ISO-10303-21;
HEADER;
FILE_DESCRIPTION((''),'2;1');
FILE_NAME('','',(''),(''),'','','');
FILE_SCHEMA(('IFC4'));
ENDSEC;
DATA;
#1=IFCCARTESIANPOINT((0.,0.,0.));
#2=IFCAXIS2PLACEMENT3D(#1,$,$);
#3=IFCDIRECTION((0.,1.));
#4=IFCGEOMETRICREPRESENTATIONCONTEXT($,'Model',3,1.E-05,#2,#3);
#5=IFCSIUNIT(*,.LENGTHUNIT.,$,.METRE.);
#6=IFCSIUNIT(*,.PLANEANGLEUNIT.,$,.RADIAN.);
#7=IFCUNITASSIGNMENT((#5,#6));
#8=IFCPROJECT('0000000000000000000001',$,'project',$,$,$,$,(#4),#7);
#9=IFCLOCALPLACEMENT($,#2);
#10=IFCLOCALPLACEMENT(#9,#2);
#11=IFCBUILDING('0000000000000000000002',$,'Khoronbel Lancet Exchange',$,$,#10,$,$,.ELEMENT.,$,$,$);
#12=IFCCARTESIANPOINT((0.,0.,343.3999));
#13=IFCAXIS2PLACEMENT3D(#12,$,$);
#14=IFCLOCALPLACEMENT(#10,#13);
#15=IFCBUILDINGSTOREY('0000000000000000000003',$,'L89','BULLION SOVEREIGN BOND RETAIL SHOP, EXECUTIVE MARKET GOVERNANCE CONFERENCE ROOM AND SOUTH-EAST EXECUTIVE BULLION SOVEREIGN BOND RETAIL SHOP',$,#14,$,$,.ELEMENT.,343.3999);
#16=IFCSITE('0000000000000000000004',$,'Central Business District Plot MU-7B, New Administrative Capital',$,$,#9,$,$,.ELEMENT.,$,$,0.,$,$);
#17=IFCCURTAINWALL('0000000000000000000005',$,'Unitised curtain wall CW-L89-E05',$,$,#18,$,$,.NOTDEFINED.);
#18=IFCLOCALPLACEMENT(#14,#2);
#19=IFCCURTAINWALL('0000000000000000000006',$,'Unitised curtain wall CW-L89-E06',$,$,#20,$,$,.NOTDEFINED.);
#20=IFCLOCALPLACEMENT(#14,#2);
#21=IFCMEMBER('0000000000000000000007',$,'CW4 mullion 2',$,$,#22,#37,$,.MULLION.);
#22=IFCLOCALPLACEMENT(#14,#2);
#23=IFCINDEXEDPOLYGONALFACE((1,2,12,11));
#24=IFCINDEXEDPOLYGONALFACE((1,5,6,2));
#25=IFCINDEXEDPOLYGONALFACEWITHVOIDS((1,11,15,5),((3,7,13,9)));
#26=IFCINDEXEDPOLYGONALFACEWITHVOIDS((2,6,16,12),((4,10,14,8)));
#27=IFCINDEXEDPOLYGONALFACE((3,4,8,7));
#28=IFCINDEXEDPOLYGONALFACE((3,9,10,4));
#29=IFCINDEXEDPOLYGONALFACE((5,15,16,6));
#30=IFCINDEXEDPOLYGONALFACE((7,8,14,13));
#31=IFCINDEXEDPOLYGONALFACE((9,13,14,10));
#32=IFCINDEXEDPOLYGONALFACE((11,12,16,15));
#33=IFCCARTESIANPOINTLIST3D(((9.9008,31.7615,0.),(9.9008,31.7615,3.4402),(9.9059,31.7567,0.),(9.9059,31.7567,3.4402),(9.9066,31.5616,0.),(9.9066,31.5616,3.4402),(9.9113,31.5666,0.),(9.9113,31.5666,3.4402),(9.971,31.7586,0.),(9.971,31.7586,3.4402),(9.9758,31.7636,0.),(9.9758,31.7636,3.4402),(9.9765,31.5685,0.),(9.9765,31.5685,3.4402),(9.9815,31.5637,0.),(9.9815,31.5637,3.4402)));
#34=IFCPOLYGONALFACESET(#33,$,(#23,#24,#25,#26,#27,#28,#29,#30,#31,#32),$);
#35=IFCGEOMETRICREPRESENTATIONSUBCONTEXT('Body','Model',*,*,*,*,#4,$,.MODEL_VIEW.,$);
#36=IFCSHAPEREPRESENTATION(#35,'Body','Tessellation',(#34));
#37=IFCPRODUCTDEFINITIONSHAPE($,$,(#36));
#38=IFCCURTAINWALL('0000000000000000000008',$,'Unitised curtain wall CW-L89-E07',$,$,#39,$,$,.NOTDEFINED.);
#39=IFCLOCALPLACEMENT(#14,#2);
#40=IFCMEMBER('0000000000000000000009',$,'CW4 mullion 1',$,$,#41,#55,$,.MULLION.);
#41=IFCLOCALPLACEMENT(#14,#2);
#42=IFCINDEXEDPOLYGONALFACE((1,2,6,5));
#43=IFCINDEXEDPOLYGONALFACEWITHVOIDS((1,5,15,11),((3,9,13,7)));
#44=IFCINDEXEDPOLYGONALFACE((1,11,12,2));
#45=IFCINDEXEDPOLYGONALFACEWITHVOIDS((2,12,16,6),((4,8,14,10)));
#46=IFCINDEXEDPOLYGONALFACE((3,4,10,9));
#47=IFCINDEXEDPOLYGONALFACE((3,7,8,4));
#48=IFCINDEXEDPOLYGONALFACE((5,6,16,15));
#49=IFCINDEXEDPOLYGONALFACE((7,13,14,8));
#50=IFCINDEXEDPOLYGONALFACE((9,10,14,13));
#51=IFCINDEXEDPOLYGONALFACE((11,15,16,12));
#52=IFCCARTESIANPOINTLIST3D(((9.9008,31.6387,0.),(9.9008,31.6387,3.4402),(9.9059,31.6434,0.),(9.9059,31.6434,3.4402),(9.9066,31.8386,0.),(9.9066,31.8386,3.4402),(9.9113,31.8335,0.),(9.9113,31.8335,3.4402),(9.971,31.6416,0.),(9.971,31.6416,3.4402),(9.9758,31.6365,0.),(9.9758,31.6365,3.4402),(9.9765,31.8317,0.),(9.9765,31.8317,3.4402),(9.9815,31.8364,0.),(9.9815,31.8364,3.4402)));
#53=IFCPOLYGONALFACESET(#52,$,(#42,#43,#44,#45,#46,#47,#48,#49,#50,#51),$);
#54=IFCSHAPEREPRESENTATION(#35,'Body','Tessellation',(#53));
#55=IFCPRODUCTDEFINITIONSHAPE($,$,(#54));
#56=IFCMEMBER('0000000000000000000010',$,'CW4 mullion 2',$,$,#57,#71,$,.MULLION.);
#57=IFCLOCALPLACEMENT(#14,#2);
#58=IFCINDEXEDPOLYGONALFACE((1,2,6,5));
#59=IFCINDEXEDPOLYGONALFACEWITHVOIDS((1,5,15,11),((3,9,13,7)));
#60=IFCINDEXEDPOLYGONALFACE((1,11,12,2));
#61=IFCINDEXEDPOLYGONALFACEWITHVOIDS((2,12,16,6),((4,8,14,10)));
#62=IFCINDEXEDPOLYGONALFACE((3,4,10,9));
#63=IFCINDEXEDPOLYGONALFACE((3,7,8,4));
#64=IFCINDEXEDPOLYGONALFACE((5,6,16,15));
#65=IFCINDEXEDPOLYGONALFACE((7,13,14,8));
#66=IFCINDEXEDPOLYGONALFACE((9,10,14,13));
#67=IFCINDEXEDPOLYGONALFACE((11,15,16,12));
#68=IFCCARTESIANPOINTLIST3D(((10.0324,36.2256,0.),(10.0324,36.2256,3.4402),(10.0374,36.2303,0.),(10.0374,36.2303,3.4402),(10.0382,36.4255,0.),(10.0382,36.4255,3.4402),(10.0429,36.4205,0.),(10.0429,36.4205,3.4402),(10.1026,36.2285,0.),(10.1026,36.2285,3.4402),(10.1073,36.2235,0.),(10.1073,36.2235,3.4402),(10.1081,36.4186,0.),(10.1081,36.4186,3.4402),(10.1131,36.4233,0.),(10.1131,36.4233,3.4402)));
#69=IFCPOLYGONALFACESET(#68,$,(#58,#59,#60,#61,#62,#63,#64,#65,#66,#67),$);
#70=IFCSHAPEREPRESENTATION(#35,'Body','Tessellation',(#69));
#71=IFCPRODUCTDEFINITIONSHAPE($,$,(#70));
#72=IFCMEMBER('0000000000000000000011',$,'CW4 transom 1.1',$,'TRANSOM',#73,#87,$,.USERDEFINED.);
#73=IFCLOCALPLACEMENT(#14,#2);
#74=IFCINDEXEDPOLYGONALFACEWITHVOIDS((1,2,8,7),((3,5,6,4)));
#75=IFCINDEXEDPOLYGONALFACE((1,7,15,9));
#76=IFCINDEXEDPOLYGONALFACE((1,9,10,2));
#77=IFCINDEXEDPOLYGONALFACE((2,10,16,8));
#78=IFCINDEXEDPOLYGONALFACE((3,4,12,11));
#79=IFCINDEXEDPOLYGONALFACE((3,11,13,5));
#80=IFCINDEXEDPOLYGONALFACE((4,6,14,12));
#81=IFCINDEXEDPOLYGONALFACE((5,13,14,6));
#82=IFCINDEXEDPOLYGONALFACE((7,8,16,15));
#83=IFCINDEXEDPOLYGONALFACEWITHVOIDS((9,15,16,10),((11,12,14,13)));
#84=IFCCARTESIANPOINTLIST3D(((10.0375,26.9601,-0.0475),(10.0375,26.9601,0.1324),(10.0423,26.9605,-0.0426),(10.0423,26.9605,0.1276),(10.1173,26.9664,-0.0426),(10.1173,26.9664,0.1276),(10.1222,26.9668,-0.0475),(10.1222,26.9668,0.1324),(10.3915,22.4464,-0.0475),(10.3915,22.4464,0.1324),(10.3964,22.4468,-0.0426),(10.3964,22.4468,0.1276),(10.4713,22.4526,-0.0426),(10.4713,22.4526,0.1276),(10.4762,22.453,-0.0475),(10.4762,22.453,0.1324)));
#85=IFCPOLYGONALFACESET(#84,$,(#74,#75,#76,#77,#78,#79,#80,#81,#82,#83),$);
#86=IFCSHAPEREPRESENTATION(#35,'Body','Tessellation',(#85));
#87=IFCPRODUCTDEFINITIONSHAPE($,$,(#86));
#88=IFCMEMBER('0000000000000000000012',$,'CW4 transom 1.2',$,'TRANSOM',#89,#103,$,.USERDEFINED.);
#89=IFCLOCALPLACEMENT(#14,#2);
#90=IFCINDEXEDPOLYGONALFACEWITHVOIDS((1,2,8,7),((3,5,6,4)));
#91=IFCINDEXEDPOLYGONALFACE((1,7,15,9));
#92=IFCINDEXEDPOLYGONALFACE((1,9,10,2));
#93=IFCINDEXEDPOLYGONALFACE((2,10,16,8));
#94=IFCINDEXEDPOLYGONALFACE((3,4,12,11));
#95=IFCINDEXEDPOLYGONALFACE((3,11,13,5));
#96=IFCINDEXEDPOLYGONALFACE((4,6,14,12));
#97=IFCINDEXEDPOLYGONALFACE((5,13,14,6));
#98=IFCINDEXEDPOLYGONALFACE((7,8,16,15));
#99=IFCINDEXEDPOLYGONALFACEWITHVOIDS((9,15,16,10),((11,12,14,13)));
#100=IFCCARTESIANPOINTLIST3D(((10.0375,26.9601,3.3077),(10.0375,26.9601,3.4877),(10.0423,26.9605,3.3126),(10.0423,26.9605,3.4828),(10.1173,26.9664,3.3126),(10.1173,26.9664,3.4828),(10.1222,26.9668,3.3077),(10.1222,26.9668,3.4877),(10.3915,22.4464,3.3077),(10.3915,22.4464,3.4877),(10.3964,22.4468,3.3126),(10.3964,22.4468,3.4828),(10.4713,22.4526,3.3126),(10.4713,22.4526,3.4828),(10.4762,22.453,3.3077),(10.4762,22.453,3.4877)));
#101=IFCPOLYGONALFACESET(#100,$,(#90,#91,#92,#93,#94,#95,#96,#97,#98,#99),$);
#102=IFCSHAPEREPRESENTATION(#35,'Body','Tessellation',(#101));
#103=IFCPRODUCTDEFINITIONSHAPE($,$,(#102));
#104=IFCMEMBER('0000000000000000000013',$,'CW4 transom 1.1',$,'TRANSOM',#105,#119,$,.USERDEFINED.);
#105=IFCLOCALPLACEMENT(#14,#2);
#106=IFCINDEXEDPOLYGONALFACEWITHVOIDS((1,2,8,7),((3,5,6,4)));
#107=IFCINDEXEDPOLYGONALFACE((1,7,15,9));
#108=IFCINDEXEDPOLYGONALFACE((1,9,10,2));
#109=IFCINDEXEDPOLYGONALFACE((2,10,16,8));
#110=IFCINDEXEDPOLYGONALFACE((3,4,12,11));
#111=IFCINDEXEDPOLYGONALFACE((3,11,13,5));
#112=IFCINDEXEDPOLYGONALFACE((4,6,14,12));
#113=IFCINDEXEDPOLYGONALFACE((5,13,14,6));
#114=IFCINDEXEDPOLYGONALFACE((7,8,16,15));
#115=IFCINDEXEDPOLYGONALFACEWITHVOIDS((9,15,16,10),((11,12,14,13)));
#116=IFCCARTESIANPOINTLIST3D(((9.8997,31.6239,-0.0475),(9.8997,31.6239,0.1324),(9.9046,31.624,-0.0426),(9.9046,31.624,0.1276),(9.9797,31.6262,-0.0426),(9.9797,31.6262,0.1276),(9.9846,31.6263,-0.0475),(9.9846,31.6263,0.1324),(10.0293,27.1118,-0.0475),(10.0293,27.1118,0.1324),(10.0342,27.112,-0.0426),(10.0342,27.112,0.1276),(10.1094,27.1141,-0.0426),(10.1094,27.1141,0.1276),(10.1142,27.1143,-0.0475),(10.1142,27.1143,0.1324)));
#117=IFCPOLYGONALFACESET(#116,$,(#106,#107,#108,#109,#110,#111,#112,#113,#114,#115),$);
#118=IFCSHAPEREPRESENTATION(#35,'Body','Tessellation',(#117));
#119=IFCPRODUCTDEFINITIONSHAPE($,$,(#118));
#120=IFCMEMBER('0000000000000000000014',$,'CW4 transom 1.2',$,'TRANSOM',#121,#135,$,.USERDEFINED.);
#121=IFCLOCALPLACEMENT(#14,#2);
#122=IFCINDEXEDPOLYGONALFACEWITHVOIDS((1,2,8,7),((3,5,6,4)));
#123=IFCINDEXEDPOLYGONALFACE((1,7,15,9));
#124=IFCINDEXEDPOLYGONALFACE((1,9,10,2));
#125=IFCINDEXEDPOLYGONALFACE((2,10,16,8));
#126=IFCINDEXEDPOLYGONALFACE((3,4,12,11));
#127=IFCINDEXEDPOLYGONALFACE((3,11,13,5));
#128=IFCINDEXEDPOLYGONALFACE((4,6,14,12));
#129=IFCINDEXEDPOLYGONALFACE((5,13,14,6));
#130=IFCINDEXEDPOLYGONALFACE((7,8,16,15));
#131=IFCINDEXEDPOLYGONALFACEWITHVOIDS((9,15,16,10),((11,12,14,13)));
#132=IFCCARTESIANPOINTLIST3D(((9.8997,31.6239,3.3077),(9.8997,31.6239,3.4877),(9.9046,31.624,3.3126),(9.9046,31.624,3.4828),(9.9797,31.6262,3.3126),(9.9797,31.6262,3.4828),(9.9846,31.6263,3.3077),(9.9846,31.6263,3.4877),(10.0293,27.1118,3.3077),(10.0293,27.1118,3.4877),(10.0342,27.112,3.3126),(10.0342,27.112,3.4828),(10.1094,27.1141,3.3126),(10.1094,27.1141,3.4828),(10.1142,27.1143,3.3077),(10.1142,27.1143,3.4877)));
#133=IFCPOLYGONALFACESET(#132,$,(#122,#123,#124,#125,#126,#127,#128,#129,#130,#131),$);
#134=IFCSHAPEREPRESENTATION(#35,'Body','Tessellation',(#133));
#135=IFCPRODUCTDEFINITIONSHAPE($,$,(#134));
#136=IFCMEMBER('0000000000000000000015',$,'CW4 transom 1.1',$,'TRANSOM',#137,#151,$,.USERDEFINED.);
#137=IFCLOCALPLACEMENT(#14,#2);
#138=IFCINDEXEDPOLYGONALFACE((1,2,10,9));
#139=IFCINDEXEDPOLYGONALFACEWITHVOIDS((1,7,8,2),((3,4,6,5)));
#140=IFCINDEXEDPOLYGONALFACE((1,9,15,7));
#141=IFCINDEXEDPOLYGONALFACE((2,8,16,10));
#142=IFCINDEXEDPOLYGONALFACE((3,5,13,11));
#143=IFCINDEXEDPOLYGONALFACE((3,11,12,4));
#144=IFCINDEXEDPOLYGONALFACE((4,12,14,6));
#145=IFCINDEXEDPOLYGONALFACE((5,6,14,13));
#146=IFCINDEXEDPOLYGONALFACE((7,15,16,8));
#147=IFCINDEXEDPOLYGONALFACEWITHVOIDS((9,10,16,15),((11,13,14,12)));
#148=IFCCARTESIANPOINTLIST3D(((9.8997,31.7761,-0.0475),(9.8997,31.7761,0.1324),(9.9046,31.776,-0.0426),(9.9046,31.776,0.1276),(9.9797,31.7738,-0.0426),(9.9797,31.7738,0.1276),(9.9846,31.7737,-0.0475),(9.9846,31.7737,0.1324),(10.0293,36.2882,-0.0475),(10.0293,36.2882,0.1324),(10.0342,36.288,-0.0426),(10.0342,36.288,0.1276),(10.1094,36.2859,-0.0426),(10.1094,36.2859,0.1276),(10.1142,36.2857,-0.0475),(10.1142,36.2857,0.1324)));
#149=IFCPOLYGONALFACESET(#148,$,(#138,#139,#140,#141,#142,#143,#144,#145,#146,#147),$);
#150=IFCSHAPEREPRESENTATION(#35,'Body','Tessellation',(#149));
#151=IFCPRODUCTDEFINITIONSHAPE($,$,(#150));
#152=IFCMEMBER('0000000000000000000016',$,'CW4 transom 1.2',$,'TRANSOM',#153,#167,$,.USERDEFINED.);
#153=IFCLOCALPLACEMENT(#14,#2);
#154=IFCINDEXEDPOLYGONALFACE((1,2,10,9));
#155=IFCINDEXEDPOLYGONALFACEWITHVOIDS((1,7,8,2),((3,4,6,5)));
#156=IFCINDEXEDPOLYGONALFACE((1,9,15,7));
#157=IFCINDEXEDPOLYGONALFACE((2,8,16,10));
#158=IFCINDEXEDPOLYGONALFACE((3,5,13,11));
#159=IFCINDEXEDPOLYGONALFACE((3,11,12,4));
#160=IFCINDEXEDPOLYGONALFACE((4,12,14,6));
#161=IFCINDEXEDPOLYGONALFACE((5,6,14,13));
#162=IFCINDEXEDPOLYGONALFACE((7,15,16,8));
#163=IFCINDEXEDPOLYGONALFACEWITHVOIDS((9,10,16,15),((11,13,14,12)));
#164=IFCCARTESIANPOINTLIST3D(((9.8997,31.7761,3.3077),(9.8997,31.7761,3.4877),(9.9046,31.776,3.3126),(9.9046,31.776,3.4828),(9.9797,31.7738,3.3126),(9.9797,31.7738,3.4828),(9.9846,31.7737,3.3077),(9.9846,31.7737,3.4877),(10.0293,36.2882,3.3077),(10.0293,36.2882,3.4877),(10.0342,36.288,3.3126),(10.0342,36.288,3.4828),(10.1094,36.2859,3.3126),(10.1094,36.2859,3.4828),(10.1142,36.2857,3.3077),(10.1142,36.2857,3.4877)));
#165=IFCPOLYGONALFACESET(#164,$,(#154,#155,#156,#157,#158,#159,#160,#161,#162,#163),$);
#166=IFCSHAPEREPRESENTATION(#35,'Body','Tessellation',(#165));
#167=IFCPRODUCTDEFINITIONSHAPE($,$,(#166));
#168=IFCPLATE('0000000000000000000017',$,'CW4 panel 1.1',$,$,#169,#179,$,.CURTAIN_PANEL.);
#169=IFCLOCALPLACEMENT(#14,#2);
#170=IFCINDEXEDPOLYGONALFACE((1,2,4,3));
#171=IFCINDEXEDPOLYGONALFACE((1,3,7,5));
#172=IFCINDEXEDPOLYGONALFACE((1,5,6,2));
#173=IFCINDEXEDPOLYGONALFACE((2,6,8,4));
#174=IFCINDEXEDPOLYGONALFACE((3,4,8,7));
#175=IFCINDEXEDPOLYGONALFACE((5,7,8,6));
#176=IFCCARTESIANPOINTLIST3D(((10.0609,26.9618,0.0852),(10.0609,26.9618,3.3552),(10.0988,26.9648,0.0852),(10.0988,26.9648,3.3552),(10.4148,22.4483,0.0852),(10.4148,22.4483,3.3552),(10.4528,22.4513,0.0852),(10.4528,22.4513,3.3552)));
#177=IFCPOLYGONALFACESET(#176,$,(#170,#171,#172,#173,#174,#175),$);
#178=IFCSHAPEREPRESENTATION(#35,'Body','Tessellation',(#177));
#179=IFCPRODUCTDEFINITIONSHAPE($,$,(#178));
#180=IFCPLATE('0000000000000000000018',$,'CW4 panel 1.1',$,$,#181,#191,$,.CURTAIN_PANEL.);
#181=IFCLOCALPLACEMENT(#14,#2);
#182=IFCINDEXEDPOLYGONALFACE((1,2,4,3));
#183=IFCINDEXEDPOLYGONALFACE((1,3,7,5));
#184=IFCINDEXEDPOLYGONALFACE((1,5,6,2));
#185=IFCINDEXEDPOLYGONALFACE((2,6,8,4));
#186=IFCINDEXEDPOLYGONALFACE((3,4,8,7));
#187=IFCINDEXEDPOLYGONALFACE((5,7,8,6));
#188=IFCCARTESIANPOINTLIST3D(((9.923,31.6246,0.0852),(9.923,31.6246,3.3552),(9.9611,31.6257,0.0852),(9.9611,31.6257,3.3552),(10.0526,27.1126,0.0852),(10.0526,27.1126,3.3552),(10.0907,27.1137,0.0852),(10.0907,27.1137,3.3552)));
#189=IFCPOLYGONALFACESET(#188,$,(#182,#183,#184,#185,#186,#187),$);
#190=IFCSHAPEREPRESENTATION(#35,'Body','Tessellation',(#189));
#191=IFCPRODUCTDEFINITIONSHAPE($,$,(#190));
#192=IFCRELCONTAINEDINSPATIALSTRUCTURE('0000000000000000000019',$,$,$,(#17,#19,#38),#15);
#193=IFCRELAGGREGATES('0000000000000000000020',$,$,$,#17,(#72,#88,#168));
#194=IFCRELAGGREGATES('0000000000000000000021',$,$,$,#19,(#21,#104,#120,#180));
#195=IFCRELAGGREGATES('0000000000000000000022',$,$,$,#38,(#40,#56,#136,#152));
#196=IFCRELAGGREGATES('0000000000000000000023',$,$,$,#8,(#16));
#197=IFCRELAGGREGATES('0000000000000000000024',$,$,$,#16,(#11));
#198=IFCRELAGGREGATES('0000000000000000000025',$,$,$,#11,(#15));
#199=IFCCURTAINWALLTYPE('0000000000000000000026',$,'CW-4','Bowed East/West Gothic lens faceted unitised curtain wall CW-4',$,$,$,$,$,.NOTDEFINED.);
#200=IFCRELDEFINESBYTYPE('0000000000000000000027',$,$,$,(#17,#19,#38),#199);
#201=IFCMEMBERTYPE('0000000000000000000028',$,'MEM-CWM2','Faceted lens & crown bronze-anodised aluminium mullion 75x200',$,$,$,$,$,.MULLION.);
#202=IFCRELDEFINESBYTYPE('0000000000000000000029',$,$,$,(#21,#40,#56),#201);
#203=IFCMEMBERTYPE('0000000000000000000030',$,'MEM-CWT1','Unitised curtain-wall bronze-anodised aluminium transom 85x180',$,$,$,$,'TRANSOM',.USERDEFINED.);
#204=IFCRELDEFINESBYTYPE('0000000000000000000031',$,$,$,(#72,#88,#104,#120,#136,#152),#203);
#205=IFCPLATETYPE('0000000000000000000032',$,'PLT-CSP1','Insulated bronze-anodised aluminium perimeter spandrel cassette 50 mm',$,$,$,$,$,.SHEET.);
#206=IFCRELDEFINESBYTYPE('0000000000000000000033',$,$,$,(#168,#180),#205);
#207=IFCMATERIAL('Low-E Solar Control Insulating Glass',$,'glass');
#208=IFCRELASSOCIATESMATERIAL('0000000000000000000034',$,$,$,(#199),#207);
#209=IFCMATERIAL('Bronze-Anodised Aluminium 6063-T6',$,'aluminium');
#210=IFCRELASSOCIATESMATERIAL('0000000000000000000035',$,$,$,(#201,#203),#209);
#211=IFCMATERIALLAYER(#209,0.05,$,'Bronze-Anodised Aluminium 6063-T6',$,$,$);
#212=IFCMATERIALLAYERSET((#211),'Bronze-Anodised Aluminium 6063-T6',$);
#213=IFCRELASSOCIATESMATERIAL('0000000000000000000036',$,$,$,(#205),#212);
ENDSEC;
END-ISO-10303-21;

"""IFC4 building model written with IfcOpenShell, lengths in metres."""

from ifc_helpers import new_model, si_unit, direction, frame, origin, origin_2d, place, context, subcontext, project, spatial, rectangle, hollow_rectangle, extrude, material, layer, layer_set, material_profile, profile_set, type_object, element, aggregate, save


model = new_model("IFC4")

# Units and contexts
model_context = context("Model", 3, precision=1e-05, world=origin(), true_north=direction((0.0, 1.0)))
body_context = subcontext(model_context, "Body", "Model", "MODEL_VIEW")
ifc_project = project(units=[si_unit("LENGTHUNIT", "METRE"), si_unit("PLANEANGLEUNIT", "RADIAN")], contexts=[model_context])

# Site, building, storey
site_placement = place(None, origin())
site = spatial("IfcSite", under=ifc_project, at=site_placement, Name="Central Business District Plot MU-7B, New Administrative Capital", CompositionType="ELEMENT", RefElevation=0.0)
building_placement = place(site_placement, origin())
building = spatial("IfcBuilding", under=site, at=building_placement, Name="Khoronbel Lancet Exchange", CompositionType="ELEMENT")
storey_placement = place(building_placement, frame((0.0, 0.0, 343.3999)))
storey = spatial("IfcBuildingStorey", under=building, at=storey_placement, Name="L89", Description="BULLION SOVEREIGN BOND RETAIL SHOP, EXECUTIVE MARKET GOVERNANCE CONFERENCE ROOM AND SOUTH-EAST EXECUTIVE BULLION SOVEREIGN BOND RETAIL SHOP", CompositionType="ELEMENT", Elevation=343.3999)

# Shared definitions
ifc_material_1 = material(Name="Low-E Solar Control Insulating Glass", Category="glass")
curtain_wall_type = type_object("IfcCurtainWallType", Name="CW-4", Description="Bowed East/West Gothic lens faceted unitised curtain wall CW-4", PredefinedType="NOTDEFINED", material=ifc_material_1)
ifc_material_2 = material(Name="Bronze-Anodised Aluminium 6063-T6", Category="aluminium")
ifc_material_profile_1 = material_profile(ifc_material_2, hollow_rectangle(XDim=0.075, YDim=0.2, WallThickness=0.0049, at=origin_2d()), Name="ALU MULLION 75x200")
ifc_profile_set_1 = profile_set([ifc_material_profile_1], Name="Bronze-Anodised Aluminium 6063-T6")
member_type_1 = type_object("IfcMemberType", Name="MEM-CWM2", Description="Faceted lens & crown bronze-anodised aluminium mullion 75x200", PredefinedType="MULLION", material=ifc_profile_set_1)

# Curtain walls, members
curtain_wall_1_placement = place(storey_placement, origin())
curtain_wall_1 = element("IfcCurtainWall", 1, at=curtain_wall_1_placement, inside=storey, type_object=curtain_wall_type, Name="Unitised curtain wall CW-L89-E05", PredefinedType="NOTDEFINED")
curtain_wall_2_placement = place(storey_placement, origin())
curtain_wall_2 = element("IfcCurtainWall", 2, at=curtain_wall_2_placement, inside=storey, type_object=curtain_wall_type, Name="Unitised curtain wall CW-L89-E06", PredefinedType="NOTDEFINED")
member_1_placement = place(storey_placement, frame((9.9412, 31.6626, 0.0), z_axis=(0.0, 0.0, 1.0), x_axis=(-0.999588, -0.02871, 0.0)))
member_1 = element("IfcMember", 3, at=member_1_placement, type_object=member_type_1, Name="CW4 mullion 2", PredefinedType="MULLION", context=body_context, shape_type="SweptSolid", body=[
    extrude(hollow_rectangle(XDim=0.075, YDim=0.2, WallThickness=0.0049, at=origin_2d()), origin(), (0.0, 0.0, 1.0), 3.4402),
])
curtain_wall_3_placement = place(storey_placement, origin())
curtain_wall_3 = element("IfcCurtainWall", 4, at=curtain_wall_3_placement, inside=storey, type_object=curtain_wall_type, Name="Unitised curtain wall CW-L89-E07", PredefinedType="NOTDEFINED")
member_2_placement = place(storey_placement, frame((9.9412, 31.7375, 0.0), z_axis=(0.0, 0.0, 1.0), x_axis=(-0.999588, 0.02871, 0.0)))
member_2 = element("IfcMember", 5, at=member_2_placement, type_object=member_type_1, Name="CW4 mullion 1", PredefinedType="MULLION", context=body_context, shape_type="SweptSolid", body=[
    extrude(hollow_rectangle(XDim=0.075, YDim=0.2, WallThickness=0.0049, at=origin_2d()), origin(), (0.0, 0.0, 1.0), 3.4402),
])
member_3_placement = place(storey_placement, frame((10.0728, 36.3245, 0.0), z_axis=(0.0, 0.0, 1.0), x_axis=(-0.999588, 0.02871, 0.0)))
member_3 = element("IfcMember", 6, at=member_3_placement, type_object=member_type_1, Name="CW4 mullion 2", PredefinedType="MULLION", context=body_context, shape_type="SweptSolid", body=[
    extrude(hollow_rectangle(XDim=0.075, YDim=0.2, WallThickness=0.0049, at=origin_2d()), origin(), (0.0, 0.0, 1.0), 3.4402),
])

# Members
ifc_material_profile_2 = material_profile(ifc_material_2, hollow_rectangle(XDim=0.085, YDim=0.1799, WallThickness=0.0049, at=origin_2d()), Name="ALU TRANSOM 85x180")
ifc_profile_set_2 = profile_set([ifc_material_profile_2], Name="Bronze-Anodised Aluminium 6063-T6")
member_type_2 = type_object("IfcMemberType", Name="MEM-CWT1", Description="Unitised curtain-wall bronze-anodised aluminium transom 85x180", ElementType="TRANSOM", PredefinedType="USERDEFINED", material=ifc_profile_set_2)
member_4_placement = place(storey_placement, frame((10.4338, 22.4497, 0.0425), z_axis=(-0.078189, 0.996939, 0.0), x_axis=(-0.996939, -0.078189, 0.0)))
member_4 = element("IfcMember", 7, at=member_4_placement, type_object=member_type_2, Name="CW4 transom 1.1", ObjectType="TRANSOM", PredefinedType="USERDEFINED", context=body_context, shape_type="SweptSolid", body=[
    extrude(hollow_rectangle(XDim=0.085, YDim=0.1799, WallThickness=0.0049, at=origin_2d()), origin(), (0.0, 0.0, 1.0), 4.5276),
])
member_5_placement = place(storey_placement, frame((10.4338, 22.4497, 3.3977), z_axis=(-0.078189, 0.996939, 0.0), x_axis=(-0.996939, -0.078189, 0.0)))
member_5 = element("IfcMember", 8, at=member_5_placement, type_object=member_type_2, Name="CW4 transom 1.2", ObjectType="TRANSOM", PredefinedType="USERDEFINED", context=body_context, shape_type="SweptSolid", body=[
    extrude(hollow_rectangle(XDim=0.085, YDim=0.1799, WallThickness=0.0049, at=origin_2d()), origin(), (0.0, 0.0, 1.0), 4.5276),
])
member_6_placement = place(storey_placement, frame((10.0718, 27.113, 0.0425), z_axis=(-0.02872, 0.999587, 0.0), x_axis=(-0.999587, -0.02872, 0.0)))
member_6 = element("IfcMember", 9, at=member_6_placement, type_object=member_type_2, Name="CW4 transom 1.1", ObjectType="TRANSOM", PredefinedType="USERDEFINED", context=body_context, shape_type="SweptSolid", body=[
    extrude(hollow_rectangle(XDim=0.085, YDim=0.1799, WallThickness=0.0049, at=origin_2d()), origin(), (0.0, 0.0, 1.0), 4.5139),
])
member_7_placement = place(storey_placement, frame((10.0718, 27.113, 3.3977), z_axis=(-0.02872, 0.999587, 0.0), x_axis=(-0.999587, -0.02872, 0.0)))
member_7 = element("IfcMember", 10, at=member_7_placement, type_object=member_type_2, Name="CW4 transom 1.2", ObjectType="TRANSOM", PredefinedType="USERDEFINED", context=body_context, shape_type="SweptSolid", body=[
    extrude(hollow_rectangle(XDim=0.085, YDim=0.1799, WallThickness=0.0049, at=origin_2d()), origin(), (0.0, 0.0, 1.0), 4.5139),
])
member_8_placement = place(storey_placement, frame((9.9421, 31.7749, 0.0425), z_axis=(0.02872, 0.999587, 0.0), x_axis=(-0.999587, 0.02872, 0.0)))
member_8 = element("IfcMember", 11, at=member_8_placement, type_object=member_type_2, Name="CW4 transom 1.1", ObjectType="TRANSOM", PredefinedType="USERDEFINED", context=body_context, shape_type="SweptSolid", body=[
    extrude(hollow_rectangle(XDim=0.085, YDim=0.1799, WallThickness=0.0049, at=origin_2d()), origin(), (0.0, 0.0, 1.0), 4.5139),
])
member_9_placement = place(storey_placement, frame((9.9421, 31.7749, 3.3977), z_axis=(0.02872, 0.999587, 0.0), x_axis=(-0.999587, 0.02872, 0.0)))
member_9 = element("IfcMember", 12, at=member_9_placement, type_object=member_type_2, Name="CW4 transom 1.2", ObjectType="TRANSOM", PredefinedType="USERDEFINED", context=body_context, shape_type="SweptSolid", body=[
    extrude(hollow_rectangle(XDim=0.085, YDim=0.1799, WallThickness=0.0049, at=origin_2d()), origin(), (0.0, 0.0, 1.0), 4.5139),
])

# Plates
ifc_layer_1 = layer(ifc_material_2, 0.05, Name="Bronze-Anodised Aluminium 6063-T6")
ifc_layer_set_1 = layer_set([ifc_layer_1], Name="Bronze-Anodised Aluminium 6063-T6")
plate_type_1 = type_object("IfcPlateType", Name="PLT-CSP1", Description="Insulated bronze-anodised aluminium perimeter spandrel cassette 50 mm", PredefinedType="SHEET", material=ifc_layer_set_1)
plate_1_placement = place(storey_placement, frame((10.2568, 24.7065, 0.0852), z_axis=(0.0, 0.0, 1.0), x_axis=(-0.078184, 0.996939, 0.0)))
plate_1 = element("IfcPlate", 13, at=plate_1_placement, type_object=plate_type_1, Name="CW4 panel 1.1", PredefinedType="CURTAIN_PANEL", context=body_context, shape_type="SweptSolid", body=[
    extrude(rectangle(XDim=4.5273, YDim=0.0381, at=origin_2d()), origin(), (0.0, 0.0, 1.0), 3.27),
])
aggregate(curtain_wall_1, [member_4, member_5, plate_1])
plate_2_placement = place(storey_placement, frame((10.0068, 29.3691, 0.0852), z_axis=(0.0, 0.0, 1.0), x_axis=(-0.02871, 0.999588, 0.0)))
plate_2 = element("IfcPlate", 14, at=plate_2_placement, type_object=plate_type_1, Name="CW4 panel 1.1", PredefinedType="CURTAIN_PANEL", context=body_context, shape_type="SweptSolid", body=[
    extrude(rectangle(XDim=4.5139, YDim=0.0381, at=origin_2d()), origin(), (0.0, 0.0, 1.0), 3.27),
])
aggregate(curtain_wall_2, [member_1, member_6, member_7, plate_2])
aggregate(curtain_wall_3, [member_2, member_3, member_8, member_9])

save(model, "model.ifc")
